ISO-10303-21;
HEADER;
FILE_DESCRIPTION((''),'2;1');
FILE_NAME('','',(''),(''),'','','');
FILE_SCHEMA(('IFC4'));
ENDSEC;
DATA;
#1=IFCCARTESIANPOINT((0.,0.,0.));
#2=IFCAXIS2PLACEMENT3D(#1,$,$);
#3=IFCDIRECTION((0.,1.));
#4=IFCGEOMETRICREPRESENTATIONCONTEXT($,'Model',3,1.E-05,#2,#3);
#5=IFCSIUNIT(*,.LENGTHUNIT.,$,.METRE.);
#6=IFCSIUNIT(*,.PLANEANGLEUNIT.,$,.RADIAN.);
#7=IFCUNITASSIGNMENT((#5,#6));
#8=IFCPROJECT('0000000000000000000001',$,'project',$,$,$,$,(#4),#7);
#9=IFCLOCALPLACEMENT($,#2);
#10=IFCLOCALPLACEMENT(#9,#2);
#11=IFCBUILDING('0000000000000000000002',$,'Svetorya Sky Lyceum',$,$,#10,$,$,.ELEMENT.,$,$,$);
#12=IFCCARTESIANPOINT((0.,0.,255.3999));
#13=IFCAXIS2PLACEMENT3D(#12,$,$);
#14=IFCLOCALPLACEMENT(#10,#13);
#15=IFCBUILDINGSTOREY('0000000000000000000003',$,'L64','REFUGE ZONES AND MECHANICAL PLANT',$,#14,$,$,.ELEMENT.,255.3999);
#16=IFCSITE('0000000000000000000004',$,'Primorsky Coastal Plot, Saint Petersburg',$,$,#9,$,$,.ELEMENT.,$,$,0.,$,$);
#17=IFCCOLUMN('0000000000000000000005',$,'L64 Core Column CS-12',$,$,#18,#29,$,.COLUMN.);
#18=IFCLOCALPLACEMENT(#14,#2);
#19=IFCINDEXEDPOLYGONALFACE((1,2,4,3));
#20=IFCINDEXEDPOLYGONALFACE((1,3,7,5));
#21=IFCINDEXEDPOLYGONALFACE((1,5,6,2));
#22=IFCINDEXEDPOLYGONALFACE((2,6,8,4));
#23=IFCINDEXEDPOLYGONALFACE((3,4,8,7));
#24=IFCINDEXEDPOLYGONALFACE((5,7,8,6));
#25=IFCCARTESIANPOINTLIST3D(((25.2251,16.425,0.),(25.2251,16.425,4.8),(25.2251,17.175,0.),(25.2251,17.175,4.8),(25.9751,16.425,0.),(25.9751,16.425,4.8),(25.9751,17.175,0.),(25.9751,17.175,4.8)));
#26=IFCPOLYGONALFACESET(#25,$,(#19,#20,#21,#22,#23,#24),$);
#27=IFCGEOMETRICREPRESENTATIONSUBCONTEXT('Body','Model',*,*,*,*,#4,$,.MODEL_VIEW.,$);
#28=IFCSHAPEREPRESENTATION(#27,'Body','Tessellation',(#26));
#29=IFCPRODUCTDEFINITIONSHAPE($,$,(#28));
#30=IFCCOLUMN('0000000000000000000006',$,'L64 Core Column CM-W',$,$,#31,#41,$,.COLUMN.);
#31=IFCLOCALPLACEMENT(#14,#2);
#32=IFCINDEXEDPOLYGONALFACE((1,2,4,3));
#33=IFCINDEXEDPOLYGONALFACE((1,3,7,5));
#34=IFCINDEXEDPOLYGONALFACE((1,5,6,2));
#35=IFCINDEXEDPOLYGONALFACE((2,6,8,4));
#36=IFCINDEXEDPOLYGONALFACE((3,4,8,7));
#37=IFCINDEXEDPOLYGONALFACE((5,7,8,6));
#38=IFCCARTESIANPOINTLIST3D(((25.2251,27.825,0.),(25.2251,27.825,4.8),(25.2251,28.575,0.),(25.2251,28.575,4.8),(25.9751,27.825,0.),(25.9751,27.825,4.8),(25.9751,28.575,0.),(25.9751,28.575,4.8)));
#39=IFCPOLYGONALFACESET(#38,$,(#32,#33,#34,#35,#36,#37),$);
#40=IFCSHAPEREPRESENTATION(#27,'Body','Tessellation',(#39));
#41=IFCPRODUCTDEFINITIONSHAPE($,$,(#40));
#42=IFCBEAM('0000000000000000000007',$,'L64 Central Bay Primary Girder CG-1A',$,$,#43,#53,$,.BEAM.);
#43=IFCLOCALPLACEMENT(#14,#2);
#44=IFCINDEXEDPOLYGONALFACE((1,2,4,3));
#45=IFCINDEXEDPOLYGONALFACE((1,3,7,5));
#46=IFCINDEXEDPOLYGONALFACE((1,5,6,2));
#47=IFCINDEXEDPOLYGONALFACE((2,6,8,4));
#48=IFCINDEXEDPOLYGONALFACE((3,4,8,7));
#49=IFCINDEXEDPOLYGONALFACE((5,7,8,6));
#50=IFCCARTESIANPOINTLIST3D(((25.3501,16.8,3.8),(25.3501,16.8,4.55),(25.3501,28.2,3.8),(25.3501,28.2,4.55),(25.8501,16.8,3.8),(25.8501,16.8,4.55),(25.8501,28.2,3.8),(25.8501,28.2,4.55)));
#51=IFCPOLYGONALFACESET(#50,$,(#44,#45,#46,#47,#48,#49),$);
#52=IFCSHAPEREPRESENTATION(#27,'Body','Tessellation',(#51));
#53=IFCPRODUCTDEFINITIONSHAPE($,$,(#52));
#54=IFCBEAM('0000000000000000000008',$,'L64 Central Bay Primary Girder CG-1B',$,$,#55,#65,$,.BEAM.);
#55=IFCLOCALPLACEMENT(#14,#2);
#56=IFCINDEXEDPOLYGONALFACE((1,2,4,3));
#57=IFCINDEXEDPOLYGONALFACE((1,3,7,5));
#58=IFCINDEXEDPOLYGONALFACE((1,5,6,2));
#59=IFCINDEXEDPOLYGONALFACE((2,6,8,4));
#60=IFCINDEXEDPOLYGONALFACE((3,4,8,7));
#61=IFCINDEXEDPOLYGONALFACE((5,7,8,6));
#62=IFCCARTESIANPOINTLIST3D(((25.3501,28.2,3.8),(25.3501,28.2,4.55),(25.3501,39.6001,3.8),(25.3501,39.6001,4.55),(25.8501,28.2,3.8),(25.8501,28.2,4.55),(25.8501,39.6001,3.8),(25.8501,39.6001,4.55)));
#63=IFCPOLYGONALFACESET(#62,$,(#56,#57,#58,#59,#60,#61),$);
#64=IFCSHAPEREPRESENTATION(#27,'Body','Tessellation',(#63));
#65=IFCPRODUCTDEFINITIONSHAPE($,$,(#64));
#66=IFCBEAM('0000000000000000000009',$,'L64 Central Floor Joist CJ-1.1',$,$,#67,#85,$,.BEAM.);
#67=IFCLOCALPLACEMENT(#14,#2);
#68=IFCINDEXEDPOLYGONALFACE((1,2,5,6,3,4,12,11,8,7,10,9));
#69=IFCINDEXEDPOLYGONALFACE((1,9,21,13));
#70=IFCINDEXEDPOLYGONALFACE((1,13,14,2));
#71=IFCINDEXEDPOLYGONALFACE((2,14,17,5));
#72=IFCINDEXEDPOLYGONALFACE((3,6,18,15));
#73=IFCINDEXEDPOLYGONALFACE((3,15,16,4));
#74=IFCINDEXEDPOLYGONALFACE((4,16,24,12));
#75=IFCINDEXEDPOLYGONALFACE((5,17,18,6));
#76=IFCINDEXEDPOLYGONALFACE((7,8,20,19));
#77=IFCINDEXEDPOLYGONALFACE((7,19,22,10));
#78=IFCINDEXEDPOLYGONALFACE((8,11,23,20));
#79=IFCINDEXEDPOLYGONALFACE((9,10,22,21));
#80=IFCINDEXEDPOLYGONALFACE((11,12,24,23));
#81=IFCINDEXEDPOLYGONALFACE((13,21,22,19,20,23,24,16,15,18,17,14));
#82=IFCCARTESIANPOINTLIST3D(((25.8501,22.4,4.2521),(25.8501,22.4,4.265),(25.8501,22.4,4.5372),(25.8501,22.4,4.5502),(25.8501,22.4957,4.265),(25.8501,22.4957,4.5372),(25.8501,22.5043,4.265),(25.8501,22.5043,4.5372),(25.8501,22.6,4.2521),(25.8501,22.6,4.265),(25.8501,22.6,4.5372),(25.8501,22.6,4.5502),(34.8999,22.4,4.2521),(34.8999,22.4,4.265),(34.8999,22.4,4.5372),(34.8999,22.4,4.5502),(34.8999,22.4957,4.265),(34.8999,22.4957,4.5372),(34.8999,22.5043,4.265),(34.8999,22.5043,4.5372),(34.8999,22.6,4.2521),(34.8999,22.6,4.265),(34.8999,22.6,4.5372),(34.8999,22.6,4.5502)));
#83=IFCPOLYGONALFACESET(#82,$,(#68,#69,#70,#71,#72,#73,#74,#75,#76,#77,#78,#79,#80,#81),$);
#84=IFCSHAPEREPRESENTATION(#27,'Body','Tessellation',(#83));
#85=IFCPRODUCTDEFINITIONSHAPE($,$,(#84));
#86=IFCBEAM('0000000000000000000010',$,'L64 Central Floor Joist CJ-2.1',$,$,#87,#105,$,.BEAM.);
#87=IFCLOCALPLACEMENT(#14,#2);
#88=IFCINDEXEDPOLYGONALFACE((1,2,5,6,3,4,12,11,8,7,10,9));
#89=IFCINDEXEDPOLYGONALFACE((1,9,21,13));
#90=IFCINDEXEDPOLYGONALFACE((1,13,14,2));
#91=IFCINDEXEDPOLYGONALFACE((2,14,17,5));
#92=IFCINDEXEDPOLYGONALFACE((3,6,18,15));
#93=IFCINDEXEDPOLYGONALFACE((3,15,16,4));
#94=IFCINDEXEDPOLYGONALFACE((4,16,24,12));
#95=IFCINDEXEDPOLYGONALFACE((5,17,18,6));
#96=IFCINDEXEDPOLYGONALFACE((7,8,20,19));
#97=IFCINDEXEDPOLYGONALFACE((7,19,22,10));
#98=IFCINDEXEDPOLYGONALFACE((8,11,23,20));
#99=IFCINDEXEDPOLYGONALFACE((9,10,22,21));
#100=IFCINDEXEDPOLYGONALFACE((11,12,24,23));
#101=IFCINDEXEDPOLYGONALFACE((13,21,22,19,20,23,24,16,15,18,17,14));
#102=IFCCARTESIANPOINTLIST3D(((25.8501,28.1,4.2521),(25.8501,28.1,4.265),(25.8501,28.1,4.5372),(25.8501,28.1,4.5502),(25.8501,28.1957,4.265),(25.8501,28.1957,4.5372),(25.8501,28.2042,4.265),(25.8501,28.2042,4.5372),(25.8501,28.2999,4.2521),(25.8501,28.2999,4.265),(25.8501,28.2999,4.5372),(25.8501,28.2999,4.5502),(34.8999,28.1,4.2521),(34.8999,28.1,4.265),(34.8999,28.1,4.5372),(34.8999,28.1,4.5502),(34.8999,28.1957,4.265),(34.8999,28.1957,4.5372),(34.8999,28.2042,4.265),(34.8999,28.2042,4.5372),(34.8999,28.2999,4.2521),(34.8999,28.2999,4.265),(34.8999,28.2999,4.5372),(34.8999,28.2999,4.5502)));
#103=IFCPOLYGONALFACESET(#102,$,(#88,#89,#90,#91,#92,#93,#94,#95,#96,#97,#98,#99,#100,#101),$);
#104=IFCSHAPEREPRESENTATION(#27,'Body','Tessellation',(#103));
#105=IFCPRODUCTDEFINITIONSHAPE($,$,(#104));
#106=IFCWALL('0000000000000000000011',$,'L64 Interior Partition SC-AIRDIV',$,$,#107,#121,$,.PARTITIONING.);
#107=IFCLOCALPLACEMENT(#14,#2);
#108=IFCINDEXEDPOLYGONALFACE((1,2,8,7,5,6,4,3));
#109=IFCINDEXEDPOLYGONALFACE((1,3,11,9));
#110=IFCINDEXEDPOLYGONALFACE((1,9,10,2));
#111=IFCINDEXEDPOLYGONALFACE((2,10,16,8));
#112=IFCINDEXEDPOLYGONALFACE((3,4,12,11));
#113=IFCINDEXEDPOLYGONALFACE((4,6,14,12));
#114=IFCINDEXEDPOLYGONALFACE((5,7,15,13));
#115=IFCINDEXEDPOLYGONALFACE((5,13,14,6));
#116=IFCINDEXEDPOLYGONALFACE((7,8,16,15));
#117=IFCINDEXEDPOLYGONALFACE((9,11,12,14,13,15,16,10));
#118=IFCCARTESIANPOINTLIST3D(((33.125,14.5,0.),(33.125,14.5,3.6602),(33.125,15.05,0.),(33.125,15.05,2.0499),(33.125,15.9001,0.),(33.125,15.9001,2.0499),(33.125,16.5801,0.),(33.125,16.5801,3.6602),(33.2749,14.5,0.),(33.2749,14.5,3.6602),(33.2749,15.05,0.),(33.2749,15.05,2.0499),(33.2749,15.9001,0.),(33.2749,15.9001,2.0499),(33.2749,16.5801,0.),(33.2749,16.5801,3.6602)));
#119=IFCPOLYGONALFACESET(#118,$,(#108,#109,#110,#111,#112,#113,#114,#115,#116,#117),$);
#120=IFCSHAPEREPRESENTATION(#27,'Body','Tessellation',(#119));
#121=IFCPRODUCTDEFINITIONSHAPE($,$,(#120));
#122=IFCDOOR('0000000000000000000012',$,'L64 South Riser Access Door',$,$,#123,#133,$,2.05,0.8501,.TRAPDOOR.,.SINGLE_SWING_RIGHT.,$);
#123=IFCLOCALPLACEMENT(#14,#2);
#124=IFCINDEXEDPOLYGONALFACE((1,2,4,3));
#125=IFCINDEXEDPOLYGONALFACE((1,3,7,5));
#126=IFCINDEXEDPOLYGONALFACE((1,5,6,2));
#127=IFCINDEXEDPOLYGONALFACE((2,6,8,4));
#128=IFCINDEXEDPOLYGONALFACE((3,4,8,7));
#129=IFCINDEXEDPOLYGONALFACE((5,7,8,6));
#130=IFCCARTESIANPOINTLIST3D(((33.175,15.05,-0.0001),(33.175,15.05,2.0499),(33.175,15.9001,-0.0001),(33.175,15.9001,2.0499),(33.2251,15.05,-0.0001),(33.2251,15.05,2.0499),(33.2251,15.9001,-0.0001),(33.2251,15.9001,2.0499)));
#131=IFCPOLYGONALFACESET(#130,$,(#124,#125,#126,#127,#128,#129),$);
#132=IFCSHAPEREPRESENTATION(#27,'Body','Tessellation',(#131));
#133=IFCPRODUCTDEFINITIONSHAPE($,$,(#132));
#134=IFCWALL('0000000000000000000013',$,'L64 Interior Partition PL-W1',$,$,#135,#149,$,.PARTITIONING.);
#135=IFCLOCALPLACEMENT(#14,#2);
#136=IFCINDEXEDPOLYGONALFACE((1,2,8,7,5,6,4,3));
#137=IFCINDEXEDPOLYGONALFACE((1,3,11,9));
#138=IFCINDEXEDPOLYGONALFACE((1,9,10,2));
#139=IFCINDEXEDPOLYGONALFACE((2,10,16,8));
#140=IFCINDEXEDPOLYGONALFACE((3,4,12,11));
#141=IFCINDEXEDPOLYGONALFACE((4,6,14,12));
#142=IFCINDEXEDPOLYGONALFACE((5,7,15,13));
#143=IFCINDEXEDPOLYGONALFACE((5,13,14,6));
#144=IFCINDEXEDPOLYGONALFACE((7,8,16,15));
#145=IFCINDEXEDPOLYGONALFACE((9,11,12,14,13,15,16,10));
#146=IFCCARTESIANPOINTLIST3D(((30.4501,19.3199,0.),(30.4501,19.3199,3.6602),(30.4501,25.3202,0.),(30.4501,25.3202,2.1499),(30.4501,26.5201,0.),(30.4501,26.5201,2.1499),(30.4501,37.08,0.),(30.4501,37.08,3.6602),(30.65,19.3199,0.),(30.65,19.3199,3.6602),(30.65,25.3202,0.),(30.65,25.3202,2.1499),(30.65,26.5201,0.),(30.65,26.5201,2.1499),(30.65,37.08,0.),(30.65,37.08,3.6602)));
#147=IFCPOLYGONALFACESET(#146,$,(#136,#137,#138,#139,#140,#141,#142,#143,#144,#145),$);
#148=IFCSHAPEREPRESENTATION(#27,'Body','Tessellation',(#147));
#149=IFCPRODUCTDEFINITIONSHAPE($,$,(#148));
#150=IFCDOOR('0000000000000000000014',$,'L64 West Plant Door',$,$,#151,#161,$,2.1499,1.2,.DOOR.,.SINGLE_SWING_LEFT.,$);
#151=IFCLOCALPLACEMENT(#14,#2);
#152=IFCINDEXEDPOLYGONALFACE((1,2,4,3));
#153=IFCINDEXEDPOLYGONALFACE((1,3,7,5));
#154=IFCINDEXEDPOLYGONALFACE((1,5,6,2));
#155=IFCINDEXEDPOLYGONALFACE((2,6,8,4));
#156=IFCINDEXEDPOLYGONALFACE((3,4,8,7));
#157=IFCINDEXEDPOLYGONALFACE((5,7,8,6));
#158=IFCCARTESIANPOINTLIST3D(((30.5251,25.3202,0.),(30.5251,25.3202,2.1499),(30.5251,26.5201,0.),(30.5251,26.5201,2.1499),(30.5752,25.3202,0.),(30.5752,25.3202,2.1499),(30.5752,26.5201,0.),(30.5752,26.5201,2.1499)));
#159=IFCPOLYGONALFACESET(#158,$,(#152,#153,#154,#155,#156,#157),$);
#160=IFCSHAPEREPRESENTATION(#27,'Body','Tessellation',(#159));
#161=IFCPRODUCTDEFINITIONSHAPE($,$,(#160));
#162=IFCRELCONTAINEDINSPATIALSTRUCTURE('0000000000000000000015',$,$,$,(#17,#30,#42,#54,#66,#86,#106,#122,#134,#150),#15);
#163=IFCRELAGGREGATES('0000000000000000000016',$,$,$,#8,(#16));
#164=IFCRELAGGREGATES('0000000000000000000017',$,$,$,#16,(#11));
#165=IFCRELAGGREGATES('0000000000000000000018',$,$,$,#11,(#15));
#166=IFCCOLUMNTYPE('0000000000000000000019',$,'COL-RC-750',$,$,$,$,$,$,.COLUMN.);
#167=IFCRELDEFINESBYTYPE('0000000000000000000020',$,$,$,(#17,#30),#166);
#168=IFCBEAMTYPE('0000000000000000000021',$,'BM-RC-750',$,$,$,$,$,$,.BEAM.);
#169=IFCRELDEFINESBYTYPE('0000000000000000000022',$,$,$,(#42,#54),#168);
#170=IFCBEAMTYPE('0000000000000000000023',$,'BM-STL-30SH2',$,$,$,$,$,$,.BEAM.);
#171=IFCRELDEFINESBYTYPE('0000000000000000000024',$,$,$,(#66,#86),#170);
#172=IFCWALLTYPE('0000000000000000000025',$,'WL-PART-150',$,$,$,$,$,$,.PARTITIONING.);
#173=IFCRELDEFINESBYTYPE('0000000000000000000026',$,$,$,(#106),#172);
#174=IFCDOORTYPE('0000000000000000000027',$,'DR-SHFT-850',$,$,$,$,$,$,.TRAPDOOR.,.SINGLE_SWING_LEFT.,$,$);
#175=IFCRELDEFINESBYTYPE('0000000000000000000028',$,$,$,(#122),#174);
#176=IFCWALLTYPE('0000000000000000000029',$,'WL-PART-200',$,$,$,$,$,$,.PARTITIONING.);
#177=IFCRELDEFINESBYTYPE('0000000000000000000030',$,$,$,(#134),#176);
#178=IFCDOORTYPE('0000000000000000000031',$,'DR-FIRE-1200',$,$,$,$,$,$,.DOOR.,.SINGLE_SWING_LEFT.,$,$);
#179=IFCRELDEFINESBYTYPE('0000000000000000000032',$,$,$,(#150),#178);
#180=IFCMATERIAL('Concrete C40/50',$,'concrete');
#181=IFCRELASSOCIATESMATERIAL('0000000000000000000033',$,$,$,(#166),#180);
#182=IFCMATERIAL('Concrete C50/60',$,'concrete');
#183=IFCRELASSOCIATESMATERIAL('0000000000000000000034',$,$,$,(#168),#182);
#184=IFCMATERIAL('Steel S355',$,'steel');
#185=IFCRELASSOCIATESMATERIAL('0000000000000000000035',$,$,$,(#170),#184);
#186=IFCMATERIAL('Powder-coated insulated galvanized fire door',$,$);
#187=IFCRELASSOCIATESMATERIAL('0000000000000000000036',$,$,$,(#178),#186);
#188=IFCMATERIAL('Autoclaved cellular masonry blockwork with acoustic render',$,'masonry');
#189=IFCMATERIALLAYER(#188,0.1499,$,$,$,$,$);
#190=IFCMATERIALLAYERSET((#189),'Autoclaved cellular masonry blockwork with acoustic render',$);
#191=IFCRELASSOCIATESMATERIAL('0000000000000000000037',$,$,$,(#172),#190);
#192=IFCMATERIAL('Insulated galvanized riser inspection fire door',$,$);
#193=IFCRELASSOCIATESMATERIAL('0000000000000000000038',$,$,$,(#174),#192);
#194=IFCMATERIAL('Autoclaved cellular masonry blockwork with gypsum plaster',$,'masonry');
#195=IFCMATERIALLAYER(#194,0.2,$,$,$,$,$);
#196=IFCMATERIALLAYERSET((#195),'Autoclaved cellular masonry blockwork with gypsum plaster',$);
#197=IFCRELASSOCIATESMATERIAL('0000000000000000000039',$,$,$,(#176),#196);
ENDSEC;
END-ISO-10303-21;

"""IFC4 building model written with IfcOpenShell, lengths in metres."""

from ifc_helpers import new_model, si_unit, direction, frame, frame_2d, origin, origin_2d, place, context, subcontext, project, spatial, rectangle, i_section, extrude, material, layer, layer_set, material_profile, profile_set, type_object, element, fill, save


model = new_model("IFC4")

# Units and contexts
model_context = context("Model", 3, precision=1e-05, world=origin(), true_north=direction((0.0, 1.0)))
body_context = subcontext(model_context, "Body", "Model", "MODEL_VIEW")
ifc_project = project(units=[si_unit("LENGTHUNIT", "METRE"), si_unit("PLANEANGLEUNIT", "RADIAN")], contexts=[model_context])

# Site, building, storey
site_placement = place(None, origin())
site = spatial("IfcSite", under=ifc_project, at=site_placement, Name="Primorsky Coastal Plot, Saint Petersburg", CompositionType="ELEMENT", RefElevation=0.0)
building_placement = place(site_placement, origin())
building = spatial("IfcBuilding", under=site, at=building_placement, Name="Svetorya Sky Lyceum", CompositionType="ELEMENT")
storey_placement = place(building_placement, frame((0.0, 0.0, 255.3999)))
storey = spatial("IfcBuildingStorey", under=building, at=storey_placement, Name="L64", Description="REFUGE ZONES AND MECHANICAL PLANT", CompositionType="ELEMENT", Elevation=255.3999)

# Columns
ifc_material_1 = material(Name="Concrete C40/50", Category="concrete")
ifc_material_profile_1 = material_profile(ifc_material_1, rectangle(XDim=0.75, YDim=0.75, at=origin_2d()), Name="RC COL 750x750")
ifc_profile_set_1 = profile_set([ifc_material_profile_1], Name="Concrete C40/50")
column_type = type_object("IfcColumnType", Name="COL-RC-750", PredefinedType="COLUMN", material=ifc_profile_set_1)
for number, where, z_axis, x_axis, name in (
    (1, (25.6001, 16.8, 0.0), (0.0, 0.0, 1.0), (1.0, 0.0, 0.0), "L64 Core Column CS-12"),
    (2, (25.6001, 28.2, 0.0), (0.0, 0.0, 1.0), (1.0, 0.0, 0.0), "L64 Core Column CM-W"),
):
    element("IfcColumn", number, at=place(storey_placement, frame(where, z_axis=z_axis, x_axis=x_axis)), inside=storey, type_object=column_type, Name=name, PredefinedType="COLUMN", context=body_context, shape_type="SweptSolid", body=[
        extrude(rectangle(XDim=0.75, YDim=0.75, at=origin_2d()), origin(), (0.0, 0.0, 1.0), 4.8),
    ])

# Beams
ifc_material_2 = material(Name="Concrete C50/60", Category="concrete")
ifc_material_profile_2 = material_profile(ifc_material_2, rectangle(XDim=0.5, YDim=0.75, at=origin_2d()), Name="RC BEAM 500x750")
ifc_profile_set_2 = profile_set([ifc_material_profile_2], Name="Concrete C50/60")
beam_type_1 = type_object("IfcBeamType", Name="BM-RC-750", PredefinedType="BEAM", material=ifc_profile_set_2)
beam_1_placement = place(storey_placement, frame((25.6001, 16.8, 4.175), z_axis=(0.0, 1.0, 0.0), x_axis=(-1.0, 0.0, 0.0)))
element("IfcBeam", 3, at=beam_1_placement, inside=storey, type_object=beam_type_1, Name="L64 Central Bay Primary Girder CG-1A", PredefinedType="BEAM", context=body_context, shape_type="SweptSolid", body=[
    extrude(rectangle(XDim=0.5, YDim=0.75, at=origin_2d()), origin(), (0.0, 0.0, 1.0), 11.3999),
])
beam_2_placement = place(storey_placement, frame((25.6001, 28.2, 4.175), z_axis=(0.0, 1.0, 0.0), x_axis=(-1.0, 0.0, 0.0)))
element("IfcBeam", 4, at=beam_2_placement, inside=storey, type_object=beam_type_1, Name="L64 Central Bay Primary Girder CG-1B", PredefinedType="BEAM", context=body_context, shape_type="SweptSolid", body=[
    extrude(rectangle(XDim=0.5, YDim=0.75, at=origin_2d()), origin(), (0.0, 0.0, 1.0), 11.4001),
])
ifc_material_3 = material(Name="Steel S355", Category="steel")
ifc_material_profile_3 = material_profile(ifc_material_3, i_section(OverallWidth=0.2, OverallDepth=0.2981, WebThickness=0.0085, FlangeThickness=0.0129, at=origin_2d()), Name="GOST 30Sh2")
ifc_profile_set_3 = profile_set([ifc_material_profile_3], Name="Steel S355")
beam_type_2 = type_object("IfcBeamType", Name="BM-STL-30SH2", PredefinedType="BEAM", material=ifc_profile_set_3)
for number, where, z_axis, x_axis, name in (
    (5, (25.8501, 22.5, 4.4011), (1.0, 0.0, 0.0), (0.0, 1.0, 0.0), "L64 Central Floor Joist CJ-1.1"),
    (6, (25.8501, 28.2, 4.4011), (1.0, 0.0, 0.0), (0.0, 1.0, 0.0), "L64 Central Floor Joist CJ-2.1"),
):
    element("IfcBeam", number, at=place(storey_placement, frame(where, z_axis=z_axis, x_axis=x_axis)), inside=storey, type_object=beam_type_2, Name=name, PredefinedType="BEAM", context=body_context, shape_type="SweptSolid", body=[
        extrude(i_section(OverallWidth=0.2, OverallDepth=0.2981, WebThickness=0.0085, FlangeThickness=0.0129, at=origin_2d()), origin(), (0.0, 0.0, 1.0), 9.0498),
    ])

# Shared definitions
ifc_material_4 = material(Name="Powder-coated insulated galvanized fire door")
door_type_1 = type_object("IfcDoorType", Name="DR-FIRE-1200", OperationType="SINGLE_SWING_LEFT", PredefinedType="DOOR", material=ifc_material_4)

# Walls, openings, doors
ifc_material_5 = material(Name="Autoclaved cellular masonry blockwork with acoustic render", Category="masonry")
ifc_layer_1 = layer(ifc_material_5, 0.1499)
ifc_layer_set_1 = layer_set([ifc_layer_1], Name="Autoclaved cellular masonry blockwork with acoustic render")
wall_type_1 = type_object("IfcWallType", Name="WL-PART-150", PredefinedType="PARTITIONING", material=ifc_layer_set_1)
wall_1_placement = place(storey_placement, frame((33.2, 14.5, 0.0), z_axis=(0.0, 0.0, 1.0), x_axis=(0.0, 1.0, 0.0)))
wall_1 = element("IfcWall", 7, at=wall_1_placement, inside=storey, type_object=wall_type_1, Name="L64 Interior Partition SC-AIRDIV", PredefinedType="PARTITIONING", context=body_context, shape_type="SweptSolid", body=[
    extrude(rectangle(XDim=2.0801, YDim=0.1499, at=frame_2d((1.04, 0.0))), origin(), (0.0, 0.0, 1.0), 3.6602),
])
opening_1_placement = place(wall_1_placement, frame((0.55, 0.0, 0.0)))
opening_1 = element("IfcOpeningElement", 8, at=opening_1_placement, cuts=wall_1, PredefinedType="OPENING", context=body_context, shape_type="SweptSolid", body=[
    extrude(rectangle(XDim=0.8501, YDim=2.05, at=frame_2d((0.425, 1.0249))), frame((0.0, 0.085, 0.0), z_axis=(0.0, -1.0, 0.0), x_axis=(1.0, 0.0, 0.0)), (0.0, 0.0, 1.0), 0.1699),
])
ifc_material_6 = material(Name="Insulated galvanized riser inspection fire door")
door_type_2 = type_object("IfcDoorType", Name="DR-SHFT-850", OperationType="SINGLE_SWING_LEFT", PredefinedType="TRAPDOOR", material=ifc_material_6)
door_1_placement = place(opening_1_placement, origin())
door_1 = element("IfcDoor", 9, at=door_1_placement, inside=storey, type_object=door_type_2, Name="L64 South Riser Access Door", OperationType="SINGLE_SWING_RIGHT", OverallHeight=2.05, OverallWidth=0.8501, PredefinedType="TRAPDOOR", context=body_context, shape_type="SweptSolid", body=[
    extrude(rectangle(XDim=0.8501, YDim=2.05, at=frame_2d((0.425, 1.0249))), frame((0.0, 0.0249, 0.0), z_axis=(0.0, -1.0, 0.0), x_axis=(1.0, 0.0, 0.0)), (0.0, 0.0, 1.0), 0.05),
])
fill(opening_1, door_1)
ifc_material_7 = material(Name="Autoclaved cellular masonry blockwork with gypsum plaster", Category="masonry")
ifc_layer_2 = layer(ifc_material_7, 0.2)
ifc_layer_set_2 = layer_set([ifc_layer_2], Name="Autoclaved cellular masonry blockwork with gypsum plaster")
wall_type_2 = type_object("IfcWallType", Name="WL-PART-200", PredefinedType="PARTITIONING", material=ifc_layer_set_2)
wall_2_placement = place(storey_placement, frame((30.55, 19.3201, 0.0), z_axis=(0.0, 0.0, 1.0), x_axis=(0.0, 1.0, 0.0)))
wall_2 = element("IfcWall", 10, at=wall_2_placement, inside=storey, type_object=wall_type_2, Name="L64 Interior Partition PL-W1", PredefinedType="PARTITIONING", context=body_context, shape_type="SweptSolid", body=[
    extrude(rectangle(XDim=17.76, YDim=0.2, at=frame_2d((8.8799, 0.0))), origin(), (0.0, 0.0, 1.0), 3.6602),
])
opening_2_placement = place(wall_2_placement, frame((6.0, 0.0, 0.0)))
opening_2 = element("IfcOpeningElement", 11, at=opening_2_placement, cuts=wall_2, PredefinedType="OPENING", context=body_context, shape_type="SweptSolid", body=[
    extrude(rectangle(XDim=1.2, YDim=2.1499, at=frame_2d((0.6001, 1.075))), frame((0.0, 0.1099, 0.0), z_axis=(0.0, -1.0, 0.0), x_axis=(1.0, 0.0, 0.0)), (0.0, 0.0, 1.0), 0.22),
])
door_2_placement = place(opening_2_placement, origin())
door_2 = element("IfcDoor", 12, at=door_2_placement, inside=storey, type_object=door_type_1, Name="L64 West Plant Door", OperationType="SINGLE_SWING_LEFT", OverallHeight=2.1499, OverallWidth=1.2, PredefinedType="DOOR", context=body_context, shape_type="SweptSolid", body=[
    extrude(rectangle(XDim=1.2, YDim=2.1499, at=frame_2d((0.6001, 1.075))), frame((0.0, 0.0249, 0.0), z_axis=(0.0, -1.0, 0.0), x_axis=(1.0, 0.0, 0.0)), (0.0, 0.0, 1.0), 0.05),
])
fill(opening_2, door_2)

save(model, "model.ifc")
